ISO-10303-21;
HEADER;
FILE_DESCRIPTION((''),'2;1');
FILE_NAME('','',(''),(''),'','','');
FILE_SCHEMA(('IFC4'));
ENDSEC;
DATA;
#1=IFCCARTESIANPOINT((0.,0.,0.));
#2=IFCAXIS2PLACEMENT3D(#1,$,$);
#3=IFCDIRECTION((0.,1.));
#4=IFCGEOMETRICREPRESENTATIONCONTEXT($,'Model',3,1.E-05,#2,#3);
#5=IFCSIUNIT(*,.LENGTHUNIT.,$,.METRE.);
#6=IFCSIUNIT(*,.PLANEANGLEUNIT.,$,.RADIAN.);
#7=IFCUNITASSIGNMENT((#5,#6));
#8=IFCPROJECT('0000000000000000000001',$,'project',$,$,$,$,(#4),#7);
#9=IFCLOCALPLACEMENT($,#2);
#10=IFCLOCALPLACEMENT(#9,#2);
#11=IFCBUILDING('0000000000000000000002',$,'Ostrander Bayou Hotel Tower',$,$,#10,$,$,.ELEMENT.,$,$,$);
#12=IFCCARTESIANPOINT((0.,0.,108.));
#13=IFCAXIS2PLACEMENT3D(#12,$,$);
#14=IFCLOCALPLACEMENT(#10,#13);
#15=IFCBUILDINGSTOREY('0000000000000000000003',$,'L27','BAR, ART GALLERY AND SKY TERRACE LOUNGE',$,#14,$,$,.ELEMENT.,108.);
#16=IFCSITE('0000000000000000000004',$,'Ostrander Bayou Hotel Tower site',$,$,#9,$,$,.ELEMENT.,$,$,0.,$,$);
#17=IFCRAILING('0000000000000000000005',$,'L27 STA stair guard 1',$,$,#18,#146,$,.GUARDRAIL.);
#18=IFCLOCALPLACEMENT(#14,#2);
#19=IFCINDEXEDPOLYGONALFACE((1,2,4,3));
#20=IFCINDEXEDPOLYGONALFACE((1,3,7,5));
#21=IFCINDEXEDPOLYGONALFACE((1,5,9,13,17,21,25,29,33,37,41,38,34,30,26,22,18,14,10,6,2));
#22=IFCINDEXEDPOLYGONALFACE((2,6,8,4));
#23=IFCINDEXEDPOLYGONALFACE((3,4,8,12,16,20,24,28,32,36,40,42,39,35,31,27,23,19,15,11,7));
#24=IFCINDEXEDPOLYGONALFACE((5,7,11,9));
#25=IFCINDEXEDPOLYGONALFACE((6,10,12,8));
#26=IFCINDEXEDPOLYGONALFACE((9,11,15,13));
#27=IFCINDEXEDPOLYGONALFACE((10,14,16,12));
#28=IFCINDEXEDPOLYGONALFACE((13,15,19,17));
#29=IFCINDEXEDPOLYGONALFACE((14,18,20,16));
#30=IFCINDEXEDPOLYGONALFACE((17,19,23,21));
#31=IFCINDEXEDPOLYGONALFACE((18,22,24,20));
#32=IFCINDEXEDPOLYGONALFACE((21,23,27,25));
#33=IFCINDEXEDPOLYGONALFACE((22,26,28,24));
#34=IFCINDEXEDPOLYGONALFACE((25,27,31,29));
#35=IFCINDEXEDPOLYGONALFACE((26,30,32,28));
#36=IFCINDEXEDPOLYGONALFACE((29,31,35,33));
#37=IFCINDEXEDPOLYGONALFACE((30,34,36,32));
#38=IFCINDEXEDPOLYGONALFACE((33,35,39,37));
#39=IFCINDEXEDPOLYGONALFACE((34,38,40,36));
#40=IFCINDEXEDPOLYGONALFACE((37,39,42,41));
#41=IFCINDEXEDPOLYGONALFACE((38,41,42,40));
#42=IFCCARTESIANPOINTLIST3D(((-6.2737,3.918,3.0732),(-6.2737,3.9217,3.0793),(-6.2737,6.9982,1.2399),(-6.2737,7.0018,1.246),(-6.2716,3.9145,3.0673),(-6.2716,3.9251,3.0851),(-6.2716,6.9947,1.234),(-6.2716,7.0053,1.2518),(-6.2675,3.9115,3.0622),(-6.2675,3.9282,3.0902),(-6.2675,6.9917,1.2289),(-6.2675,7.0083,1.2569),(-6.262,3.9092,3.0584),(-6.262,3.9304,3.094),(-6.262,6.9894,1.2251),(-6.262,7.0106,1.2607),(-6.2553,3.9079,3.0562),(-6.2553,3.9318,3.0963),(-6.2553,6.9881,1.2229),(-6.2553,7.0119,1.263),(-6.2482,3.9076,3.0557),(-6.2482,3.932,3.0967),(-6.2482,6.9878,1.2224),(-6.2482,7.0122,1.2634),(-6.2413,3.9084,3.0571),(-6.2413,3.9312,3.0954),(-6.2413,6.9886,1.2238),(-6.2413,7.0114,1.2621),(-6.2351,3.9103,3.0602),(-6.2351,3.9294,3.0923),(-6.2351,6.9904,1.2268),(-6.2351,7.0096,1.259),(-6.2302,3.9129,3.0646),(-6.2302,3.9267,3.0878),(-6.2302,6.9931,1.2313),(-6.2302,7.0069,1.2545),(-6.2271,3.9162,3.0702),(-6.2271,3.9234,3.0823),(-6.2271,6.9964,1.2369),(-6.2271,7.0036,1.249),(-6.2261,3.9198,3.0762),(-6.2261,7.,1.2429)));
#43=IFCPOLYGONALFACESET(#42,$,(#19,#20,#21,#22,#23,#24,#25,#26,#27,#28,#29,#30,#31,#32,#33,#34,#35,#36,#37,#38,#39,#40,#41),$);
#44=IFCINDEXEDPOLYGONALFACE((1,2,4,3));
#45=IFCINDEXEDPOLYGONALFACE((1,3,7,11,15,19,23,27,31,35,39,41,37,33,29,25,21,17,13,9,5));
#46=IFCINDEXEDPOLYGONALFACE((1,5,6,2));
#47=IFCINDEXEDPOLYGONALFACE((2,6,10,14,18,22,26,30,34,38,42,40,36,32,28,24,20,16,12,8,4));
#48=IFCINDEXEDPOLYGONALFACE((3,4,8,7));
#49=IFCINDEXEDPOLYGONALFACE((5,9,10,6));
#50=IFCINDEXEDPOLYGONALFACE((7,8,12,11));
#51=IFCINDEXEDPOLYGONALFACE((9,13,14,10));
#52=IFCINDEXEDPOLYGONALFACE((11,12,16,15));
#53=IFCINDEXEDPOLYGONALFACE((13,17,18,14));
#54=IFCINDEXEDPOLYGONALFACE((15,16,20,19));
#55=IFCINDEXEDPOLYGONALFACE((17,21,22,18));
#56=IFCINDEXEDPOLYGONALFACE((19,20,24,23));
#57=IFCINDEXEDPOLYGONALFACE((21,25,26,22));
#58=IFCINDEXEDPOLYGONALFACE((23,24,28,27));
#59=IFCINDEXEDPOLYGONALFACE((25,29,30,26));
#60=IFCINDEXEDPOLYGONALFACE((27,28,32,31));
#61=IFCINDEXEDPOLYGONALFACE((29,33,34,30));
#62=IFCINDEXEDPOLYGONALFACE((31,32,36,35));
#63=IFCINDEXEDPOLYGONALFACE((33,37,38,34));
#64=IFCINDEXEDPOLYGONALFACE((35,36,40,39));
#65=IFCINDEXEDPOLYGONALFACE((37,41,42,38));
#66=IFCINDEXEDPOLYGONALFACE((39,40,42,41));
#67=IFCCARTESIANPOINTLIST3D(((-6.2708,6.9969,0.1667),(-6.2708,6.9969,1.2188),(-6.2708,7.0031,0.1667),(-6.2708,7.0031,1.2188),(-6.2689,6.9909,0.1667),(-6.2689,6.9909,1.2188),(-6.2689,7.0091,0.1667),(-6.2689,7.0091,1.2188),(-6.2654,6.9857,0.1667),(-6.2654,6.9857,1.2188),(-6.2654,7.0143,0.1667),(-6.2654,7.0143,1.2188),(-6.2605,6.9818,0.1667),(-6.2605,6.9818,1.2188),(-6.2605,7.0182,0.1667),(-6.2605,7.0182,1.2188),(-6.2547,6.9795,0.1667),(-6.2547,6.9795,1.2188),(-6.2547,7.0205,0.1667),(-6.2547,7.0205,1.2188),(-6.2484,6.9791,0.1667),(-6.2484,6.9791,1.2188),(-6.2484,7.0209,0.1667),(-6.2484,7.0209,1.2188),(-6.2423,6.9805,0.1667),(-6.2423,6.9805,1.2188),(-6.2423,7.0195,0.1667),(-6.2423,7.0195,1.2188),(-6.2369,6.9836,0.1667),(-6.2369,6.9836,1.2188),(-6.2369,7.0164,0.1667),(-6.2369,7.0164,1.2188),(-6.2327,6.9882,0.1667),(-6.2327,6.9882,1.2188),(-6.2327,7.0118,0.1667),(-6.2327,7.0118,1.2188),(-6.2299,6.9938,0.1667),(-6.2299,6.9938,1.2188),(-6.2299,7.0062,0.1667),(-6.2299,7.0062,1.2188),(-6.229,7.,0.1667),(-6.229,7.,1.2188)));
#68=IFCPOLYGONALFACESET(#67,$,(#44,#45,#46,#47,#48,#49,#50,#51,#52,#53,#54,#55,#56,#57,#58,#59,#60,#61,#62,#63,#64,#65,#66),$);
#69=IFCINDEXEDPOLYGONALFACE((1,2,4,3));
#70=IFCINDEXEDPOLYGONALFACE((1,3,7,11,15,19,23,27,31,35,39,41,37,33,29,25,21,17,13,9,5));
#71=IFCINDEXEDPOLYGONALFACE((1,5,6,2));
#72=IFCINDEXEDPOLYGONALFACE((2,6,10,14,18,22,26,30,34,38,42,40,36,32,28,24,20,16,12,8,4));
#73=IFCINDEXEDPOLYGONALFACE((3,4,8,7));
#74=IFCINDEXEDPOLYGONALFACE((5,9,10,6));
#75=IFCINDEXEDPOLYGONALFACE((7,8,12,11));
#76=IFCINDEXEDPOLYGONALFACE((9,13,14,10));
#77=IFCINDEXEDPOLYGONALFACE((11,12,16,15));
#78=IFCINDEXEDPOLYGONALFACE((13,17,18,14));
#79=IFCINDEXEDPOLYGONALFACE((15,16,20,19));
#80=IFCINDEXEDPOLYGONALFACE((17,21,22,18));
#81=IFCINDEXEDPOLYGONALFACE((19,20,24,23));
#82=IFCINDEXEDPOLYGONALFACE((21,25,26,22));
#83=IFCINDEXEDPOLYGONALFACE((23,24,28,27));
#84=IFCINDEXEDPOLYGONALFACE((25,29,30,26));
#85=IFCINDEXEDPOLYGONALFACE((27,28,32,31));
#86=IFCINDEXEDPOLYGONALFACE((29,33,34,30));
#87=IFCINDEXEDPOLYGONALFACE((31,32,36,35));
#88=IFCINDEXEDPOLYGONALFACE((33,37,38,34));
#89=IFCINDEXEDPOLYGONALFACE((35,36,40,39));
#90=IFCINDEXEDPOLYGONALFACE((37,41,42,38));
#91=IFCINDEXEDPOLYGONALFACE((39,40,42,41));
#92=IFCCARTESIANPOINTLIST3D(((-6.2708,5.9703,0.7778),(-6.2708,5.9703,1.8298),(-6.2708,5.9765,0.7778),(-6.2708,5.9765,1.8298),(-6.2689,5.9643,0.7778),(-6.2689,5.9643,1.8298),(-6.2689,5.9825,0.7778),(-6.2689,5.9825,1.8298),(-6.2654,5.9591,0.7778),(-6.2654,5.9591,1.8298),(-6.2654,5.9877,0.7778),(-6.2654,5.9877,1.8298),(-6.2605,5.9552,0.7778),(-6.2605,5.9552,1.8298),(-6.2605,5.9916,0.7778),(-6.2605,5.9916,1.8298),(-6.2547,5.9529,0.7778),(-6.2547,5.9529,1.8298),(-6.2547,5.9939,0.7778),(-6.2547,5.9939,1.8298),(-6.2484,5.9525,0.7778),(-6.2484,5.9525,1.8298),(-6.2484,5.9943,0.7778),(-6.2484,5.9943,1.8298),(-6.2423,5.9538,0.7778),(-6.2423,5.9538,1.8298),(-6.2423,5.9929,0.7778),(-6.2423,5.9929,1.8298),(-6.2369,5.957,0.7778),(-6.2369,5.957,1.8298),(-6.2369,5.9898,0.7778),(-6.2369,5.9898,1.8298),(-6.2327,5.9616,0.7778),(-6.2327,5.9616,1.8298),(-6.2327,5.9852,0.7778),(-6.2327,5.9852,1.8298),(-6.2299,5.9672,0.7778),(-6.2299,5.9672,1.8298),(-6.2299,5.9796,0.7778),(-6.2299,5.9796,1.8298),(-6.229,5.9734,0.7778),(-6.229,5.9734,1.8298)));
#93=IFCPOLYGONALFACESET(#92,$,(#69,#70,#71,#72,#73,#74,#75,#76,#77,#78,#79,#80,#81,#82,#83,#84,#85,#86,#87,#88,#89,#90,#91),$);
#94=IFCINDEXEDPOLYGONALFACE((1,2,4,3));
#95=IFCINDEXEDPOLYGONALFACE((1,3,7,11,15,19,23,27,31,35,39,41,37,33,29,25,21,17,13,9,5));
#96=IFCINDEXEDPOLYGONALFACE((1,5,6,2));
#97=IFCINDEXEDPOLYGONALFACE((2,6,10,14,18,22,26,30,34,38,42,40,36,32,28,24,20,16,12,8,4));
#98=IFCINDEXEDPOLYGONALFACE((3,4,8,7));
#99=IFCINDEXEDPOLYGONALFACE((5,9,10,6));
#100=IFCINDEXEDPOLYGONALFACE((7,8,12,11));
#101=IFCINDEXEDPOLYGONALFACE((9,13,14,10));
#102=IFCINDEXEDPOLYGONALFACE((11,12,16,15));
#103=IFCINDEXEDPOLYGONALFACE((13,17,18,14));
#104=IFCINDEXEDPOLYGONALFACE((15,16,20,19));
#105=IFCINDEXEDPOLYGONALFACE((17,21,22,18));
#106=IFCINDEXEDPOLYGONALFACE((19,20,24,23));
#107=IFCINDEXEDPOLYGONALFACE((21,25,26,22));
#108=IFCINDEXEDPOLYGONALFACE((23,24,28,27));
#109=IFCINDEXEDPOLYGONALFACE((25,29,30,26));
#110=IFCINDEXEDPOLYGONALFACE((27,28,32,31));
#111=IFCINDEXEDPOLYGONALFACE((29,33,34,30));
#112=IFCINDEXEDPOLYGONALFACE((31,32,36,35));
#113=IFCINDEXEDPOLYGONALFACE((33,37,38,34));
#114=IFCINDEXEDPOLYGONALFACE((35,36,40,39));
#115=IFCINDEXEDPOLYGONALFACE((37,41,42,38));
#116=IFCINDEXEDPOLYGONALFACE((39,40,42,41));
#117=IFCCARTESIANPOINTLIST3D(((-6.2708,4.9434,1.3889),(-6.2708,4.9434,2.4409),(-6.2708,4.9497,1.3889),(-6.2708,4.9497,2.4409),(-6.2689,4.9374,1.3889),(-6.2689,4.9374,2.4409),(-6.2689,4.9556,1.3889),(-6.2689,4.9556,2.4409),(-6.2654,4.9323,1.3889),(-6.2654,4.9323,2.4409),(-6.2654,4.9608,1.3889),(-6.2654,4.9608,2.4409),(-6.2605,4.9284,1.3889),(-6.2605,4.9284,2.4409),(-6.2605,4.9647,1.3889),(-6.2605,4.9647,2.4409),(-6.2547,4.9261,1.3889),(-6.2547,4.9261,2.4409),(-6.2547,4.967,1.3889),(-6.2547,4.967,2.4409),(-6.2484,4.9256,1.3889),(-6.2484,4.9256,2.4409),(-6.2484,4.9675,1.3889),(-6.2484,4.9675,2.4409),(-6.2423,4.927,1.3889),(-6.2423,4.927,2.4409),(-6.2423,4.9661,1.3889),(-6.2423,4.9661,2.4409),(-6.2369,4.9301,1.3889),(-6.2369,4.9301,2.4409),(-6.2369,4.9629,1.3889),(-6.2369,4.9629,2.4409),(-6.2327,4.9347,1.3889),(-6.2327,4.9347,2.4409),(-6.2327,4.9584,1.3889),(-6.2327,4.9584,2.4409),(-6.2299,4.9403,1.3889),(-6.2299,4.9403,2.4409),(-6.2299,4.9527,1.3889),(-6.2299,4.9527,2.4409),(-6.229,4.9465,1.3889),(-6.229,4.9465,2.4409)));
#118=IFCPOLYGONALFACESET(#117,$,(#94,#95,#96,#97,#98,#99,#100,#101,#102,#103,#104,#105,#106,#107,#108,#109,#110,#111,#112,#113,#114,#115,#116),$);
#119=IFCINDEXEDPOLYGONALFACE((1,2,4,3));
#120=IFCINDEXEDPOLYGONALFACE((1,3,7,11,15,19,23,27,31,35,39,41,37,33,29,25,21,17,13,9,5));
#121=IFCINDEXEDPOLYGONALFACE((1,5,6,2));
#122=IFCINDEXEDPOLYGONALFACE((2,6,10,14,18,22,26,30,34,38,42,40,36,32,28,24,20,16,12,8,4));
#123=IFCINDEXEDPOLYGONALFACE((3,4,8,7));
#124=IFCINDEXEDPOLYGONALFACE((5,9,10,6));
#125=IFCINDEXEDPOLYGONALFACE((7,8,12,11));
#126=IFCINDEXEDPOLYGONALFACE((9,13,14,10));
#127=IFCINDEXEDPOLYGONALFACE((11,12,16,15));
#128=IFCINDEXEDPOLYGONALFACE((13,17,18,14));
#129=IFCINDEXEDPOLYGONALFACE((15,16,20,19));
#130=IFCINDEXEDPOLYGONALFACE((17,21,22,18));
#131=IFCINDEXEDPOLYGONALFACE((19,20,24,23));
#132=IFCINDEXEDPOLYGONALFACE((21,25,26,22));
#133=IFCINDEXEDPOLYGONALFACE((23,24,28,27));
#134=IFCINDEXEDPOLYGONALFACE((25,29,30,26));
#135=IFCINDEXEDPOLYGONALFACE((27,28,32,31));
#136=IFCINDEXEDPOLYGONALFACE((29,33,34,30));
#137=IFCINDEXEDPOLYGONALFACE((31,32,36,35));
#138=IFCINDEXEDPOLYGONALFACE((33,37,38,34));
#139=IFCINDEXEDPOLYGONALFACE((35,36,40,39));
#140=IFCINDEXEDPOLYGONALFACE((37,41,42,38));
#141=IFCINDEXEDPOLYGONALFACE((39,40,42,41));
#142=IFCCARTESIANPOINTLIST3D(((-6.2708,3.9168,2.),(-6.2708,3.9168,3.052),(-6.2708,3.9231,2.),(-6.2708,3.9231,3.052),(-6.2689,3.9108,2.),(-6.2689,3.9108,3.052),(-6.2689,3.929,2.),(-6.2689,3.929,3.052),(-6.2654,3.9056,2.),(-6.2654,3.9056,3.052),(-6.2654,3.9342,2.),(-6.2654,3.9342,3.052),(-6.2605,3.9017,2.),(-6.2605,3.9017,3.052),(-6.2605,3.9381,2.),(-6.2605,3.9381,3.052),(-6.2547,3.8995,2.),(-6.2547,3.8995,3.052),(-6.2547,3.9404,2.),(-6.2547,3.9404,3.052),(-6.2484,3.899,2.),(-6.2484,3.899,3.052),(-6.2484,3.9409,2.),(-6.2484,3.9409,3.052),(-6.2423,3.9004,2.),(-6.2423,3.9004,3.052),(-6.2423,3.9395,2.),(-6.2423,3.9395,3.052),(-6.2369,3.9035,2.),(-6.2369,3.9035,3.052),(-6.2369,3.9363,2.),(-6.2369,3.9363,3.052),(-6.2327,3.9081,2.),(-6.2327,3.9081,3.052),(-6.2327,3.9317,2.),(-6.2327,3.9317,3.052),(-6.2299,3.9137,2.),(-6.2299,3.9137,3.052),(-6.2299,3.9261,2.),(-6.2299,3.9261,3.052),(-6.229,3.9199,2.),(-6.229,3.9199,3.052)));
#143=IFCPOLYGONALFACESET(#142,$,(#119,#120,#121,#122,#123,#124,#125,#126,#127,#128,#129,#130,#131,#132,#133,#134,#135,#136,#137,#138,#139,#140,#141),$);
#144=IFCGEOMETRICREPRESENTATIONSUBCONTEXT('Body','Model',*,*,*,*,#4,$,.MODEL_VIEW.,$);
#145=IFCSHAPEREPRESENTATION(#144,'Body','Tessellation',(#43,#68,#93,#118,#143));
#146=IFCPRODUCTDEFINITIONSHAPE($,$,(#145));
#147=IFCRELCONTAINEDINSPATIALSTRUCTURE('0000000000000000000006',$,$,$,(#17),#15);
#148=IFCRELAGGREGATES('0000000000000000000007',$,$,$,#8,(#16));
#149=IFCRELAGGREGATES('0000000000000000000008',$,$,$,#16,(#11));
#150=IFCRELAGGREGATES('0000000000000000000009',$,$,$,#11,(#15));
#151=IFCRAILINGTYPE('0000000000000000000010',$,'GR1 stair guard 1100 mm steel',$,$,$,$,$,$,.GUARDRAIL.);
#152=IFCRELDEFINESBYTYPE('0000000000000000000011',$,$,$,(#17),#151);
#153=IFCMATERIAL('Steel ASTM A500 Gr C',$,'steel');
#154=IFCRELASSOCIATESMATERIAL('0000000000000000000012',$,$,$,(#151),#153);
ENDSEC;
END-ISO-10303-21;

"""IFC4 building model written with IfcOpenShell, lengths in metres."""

from ifc_helpers import new_model, si_unit, direction, frame, origin, origin_2d, place, context, subcontext, project, spatial, circle, extrude, material, type_object, element, save


model = new_model("IFC4")

# Units and contexts
model_context = context("Model", 3, precision=1e-05, world=origin(), true_north=direction((0.0, 1.0)))
body_context = subcontext(model_context, "Body", "Model", "MODEL_VIEW")
ifc_project = project(units=[si_unit("LENGTHUNIT", "METRE"), si_unit("PLANEANGLEUNIT", "RADIAN")], contexts=[model_context])

# Site, building, storey
site_placement = place(None, origin())
site = spatial("IfcSite", under=ifc_project, at=site_placement, Name="Ostrander Bayou Hotel Tower site", CompositionType="ELEMENT", RefElevation=0.0)
building_placement = place(site_placement, origin())
building = spatial("IfcBuilding", under=site, at=building_placement, Name="Ostrander Bayou Hotel Tower", CompositionType="ELEMENT")
storey_placement = place(building_placement, frame((0.0, 0.0, 108.0)))
storey = spatial("IfcBuildingStorey", under=building, at=storey_placement, Name="L27", Description="BAR, ART GALLERY AND SKY TERRACE LOUNGE", CompositionType="ELEMENT", Elevation=108.0)

# Railing
ifc_material_1 = material(Name="Steel ASTM A500 Gr C", Category="steel")
railing_type_1 = type_object("IfcRailingType", Name="GR1 stair guard 1100 mm steel", PredefinedType="GUARDRAIL", material=ifc_material_1)
railing_1_placement = place(storey_placement, frame((-6.25, 7.0, 0.1667)))
element("IfcRailing", 1, at=railing_1_placement, inside=storey, type_object=railing_type_1, Name="L27 STA stair guard 1", PredefinedType="GUARDRAIL", context=body_context, shape_type="SweptSolid", body=[
    extrude(circle(Radius=0.0239, at=origin_2d()), frame((0.0, 0.0, 1.0762), z_axis=(0.0, -0.859309, 0.511458), x_axis=(1.0, 0.0, 0.0)), (0.0, 0.0, 1.0), 3.5845),
    extrude(circle(Radius=0.021, at=origin_2d()), origin(), (0.0, 0.0, 1.0), 1.052),
    extrude(circle(Radius=0.021, at=origin_2d()), frame((0.0, -1.0266, 0.6111)), (0.0, 0.0, 1.0), 1.052),
    extrude(circle(Radius=0.021, at=origin_2d()), frame((0.0, -2.0535, 1.2222)), (0.0, 0.0, 1.0), 1.052),
    extrude(circle(Radius=0.021, at=origin_2d()), frame((0.0, -3.0801, 1.8333)), (0.0, 0.0, 1.0), 1.052),
])

save(model, "model.ifc")
